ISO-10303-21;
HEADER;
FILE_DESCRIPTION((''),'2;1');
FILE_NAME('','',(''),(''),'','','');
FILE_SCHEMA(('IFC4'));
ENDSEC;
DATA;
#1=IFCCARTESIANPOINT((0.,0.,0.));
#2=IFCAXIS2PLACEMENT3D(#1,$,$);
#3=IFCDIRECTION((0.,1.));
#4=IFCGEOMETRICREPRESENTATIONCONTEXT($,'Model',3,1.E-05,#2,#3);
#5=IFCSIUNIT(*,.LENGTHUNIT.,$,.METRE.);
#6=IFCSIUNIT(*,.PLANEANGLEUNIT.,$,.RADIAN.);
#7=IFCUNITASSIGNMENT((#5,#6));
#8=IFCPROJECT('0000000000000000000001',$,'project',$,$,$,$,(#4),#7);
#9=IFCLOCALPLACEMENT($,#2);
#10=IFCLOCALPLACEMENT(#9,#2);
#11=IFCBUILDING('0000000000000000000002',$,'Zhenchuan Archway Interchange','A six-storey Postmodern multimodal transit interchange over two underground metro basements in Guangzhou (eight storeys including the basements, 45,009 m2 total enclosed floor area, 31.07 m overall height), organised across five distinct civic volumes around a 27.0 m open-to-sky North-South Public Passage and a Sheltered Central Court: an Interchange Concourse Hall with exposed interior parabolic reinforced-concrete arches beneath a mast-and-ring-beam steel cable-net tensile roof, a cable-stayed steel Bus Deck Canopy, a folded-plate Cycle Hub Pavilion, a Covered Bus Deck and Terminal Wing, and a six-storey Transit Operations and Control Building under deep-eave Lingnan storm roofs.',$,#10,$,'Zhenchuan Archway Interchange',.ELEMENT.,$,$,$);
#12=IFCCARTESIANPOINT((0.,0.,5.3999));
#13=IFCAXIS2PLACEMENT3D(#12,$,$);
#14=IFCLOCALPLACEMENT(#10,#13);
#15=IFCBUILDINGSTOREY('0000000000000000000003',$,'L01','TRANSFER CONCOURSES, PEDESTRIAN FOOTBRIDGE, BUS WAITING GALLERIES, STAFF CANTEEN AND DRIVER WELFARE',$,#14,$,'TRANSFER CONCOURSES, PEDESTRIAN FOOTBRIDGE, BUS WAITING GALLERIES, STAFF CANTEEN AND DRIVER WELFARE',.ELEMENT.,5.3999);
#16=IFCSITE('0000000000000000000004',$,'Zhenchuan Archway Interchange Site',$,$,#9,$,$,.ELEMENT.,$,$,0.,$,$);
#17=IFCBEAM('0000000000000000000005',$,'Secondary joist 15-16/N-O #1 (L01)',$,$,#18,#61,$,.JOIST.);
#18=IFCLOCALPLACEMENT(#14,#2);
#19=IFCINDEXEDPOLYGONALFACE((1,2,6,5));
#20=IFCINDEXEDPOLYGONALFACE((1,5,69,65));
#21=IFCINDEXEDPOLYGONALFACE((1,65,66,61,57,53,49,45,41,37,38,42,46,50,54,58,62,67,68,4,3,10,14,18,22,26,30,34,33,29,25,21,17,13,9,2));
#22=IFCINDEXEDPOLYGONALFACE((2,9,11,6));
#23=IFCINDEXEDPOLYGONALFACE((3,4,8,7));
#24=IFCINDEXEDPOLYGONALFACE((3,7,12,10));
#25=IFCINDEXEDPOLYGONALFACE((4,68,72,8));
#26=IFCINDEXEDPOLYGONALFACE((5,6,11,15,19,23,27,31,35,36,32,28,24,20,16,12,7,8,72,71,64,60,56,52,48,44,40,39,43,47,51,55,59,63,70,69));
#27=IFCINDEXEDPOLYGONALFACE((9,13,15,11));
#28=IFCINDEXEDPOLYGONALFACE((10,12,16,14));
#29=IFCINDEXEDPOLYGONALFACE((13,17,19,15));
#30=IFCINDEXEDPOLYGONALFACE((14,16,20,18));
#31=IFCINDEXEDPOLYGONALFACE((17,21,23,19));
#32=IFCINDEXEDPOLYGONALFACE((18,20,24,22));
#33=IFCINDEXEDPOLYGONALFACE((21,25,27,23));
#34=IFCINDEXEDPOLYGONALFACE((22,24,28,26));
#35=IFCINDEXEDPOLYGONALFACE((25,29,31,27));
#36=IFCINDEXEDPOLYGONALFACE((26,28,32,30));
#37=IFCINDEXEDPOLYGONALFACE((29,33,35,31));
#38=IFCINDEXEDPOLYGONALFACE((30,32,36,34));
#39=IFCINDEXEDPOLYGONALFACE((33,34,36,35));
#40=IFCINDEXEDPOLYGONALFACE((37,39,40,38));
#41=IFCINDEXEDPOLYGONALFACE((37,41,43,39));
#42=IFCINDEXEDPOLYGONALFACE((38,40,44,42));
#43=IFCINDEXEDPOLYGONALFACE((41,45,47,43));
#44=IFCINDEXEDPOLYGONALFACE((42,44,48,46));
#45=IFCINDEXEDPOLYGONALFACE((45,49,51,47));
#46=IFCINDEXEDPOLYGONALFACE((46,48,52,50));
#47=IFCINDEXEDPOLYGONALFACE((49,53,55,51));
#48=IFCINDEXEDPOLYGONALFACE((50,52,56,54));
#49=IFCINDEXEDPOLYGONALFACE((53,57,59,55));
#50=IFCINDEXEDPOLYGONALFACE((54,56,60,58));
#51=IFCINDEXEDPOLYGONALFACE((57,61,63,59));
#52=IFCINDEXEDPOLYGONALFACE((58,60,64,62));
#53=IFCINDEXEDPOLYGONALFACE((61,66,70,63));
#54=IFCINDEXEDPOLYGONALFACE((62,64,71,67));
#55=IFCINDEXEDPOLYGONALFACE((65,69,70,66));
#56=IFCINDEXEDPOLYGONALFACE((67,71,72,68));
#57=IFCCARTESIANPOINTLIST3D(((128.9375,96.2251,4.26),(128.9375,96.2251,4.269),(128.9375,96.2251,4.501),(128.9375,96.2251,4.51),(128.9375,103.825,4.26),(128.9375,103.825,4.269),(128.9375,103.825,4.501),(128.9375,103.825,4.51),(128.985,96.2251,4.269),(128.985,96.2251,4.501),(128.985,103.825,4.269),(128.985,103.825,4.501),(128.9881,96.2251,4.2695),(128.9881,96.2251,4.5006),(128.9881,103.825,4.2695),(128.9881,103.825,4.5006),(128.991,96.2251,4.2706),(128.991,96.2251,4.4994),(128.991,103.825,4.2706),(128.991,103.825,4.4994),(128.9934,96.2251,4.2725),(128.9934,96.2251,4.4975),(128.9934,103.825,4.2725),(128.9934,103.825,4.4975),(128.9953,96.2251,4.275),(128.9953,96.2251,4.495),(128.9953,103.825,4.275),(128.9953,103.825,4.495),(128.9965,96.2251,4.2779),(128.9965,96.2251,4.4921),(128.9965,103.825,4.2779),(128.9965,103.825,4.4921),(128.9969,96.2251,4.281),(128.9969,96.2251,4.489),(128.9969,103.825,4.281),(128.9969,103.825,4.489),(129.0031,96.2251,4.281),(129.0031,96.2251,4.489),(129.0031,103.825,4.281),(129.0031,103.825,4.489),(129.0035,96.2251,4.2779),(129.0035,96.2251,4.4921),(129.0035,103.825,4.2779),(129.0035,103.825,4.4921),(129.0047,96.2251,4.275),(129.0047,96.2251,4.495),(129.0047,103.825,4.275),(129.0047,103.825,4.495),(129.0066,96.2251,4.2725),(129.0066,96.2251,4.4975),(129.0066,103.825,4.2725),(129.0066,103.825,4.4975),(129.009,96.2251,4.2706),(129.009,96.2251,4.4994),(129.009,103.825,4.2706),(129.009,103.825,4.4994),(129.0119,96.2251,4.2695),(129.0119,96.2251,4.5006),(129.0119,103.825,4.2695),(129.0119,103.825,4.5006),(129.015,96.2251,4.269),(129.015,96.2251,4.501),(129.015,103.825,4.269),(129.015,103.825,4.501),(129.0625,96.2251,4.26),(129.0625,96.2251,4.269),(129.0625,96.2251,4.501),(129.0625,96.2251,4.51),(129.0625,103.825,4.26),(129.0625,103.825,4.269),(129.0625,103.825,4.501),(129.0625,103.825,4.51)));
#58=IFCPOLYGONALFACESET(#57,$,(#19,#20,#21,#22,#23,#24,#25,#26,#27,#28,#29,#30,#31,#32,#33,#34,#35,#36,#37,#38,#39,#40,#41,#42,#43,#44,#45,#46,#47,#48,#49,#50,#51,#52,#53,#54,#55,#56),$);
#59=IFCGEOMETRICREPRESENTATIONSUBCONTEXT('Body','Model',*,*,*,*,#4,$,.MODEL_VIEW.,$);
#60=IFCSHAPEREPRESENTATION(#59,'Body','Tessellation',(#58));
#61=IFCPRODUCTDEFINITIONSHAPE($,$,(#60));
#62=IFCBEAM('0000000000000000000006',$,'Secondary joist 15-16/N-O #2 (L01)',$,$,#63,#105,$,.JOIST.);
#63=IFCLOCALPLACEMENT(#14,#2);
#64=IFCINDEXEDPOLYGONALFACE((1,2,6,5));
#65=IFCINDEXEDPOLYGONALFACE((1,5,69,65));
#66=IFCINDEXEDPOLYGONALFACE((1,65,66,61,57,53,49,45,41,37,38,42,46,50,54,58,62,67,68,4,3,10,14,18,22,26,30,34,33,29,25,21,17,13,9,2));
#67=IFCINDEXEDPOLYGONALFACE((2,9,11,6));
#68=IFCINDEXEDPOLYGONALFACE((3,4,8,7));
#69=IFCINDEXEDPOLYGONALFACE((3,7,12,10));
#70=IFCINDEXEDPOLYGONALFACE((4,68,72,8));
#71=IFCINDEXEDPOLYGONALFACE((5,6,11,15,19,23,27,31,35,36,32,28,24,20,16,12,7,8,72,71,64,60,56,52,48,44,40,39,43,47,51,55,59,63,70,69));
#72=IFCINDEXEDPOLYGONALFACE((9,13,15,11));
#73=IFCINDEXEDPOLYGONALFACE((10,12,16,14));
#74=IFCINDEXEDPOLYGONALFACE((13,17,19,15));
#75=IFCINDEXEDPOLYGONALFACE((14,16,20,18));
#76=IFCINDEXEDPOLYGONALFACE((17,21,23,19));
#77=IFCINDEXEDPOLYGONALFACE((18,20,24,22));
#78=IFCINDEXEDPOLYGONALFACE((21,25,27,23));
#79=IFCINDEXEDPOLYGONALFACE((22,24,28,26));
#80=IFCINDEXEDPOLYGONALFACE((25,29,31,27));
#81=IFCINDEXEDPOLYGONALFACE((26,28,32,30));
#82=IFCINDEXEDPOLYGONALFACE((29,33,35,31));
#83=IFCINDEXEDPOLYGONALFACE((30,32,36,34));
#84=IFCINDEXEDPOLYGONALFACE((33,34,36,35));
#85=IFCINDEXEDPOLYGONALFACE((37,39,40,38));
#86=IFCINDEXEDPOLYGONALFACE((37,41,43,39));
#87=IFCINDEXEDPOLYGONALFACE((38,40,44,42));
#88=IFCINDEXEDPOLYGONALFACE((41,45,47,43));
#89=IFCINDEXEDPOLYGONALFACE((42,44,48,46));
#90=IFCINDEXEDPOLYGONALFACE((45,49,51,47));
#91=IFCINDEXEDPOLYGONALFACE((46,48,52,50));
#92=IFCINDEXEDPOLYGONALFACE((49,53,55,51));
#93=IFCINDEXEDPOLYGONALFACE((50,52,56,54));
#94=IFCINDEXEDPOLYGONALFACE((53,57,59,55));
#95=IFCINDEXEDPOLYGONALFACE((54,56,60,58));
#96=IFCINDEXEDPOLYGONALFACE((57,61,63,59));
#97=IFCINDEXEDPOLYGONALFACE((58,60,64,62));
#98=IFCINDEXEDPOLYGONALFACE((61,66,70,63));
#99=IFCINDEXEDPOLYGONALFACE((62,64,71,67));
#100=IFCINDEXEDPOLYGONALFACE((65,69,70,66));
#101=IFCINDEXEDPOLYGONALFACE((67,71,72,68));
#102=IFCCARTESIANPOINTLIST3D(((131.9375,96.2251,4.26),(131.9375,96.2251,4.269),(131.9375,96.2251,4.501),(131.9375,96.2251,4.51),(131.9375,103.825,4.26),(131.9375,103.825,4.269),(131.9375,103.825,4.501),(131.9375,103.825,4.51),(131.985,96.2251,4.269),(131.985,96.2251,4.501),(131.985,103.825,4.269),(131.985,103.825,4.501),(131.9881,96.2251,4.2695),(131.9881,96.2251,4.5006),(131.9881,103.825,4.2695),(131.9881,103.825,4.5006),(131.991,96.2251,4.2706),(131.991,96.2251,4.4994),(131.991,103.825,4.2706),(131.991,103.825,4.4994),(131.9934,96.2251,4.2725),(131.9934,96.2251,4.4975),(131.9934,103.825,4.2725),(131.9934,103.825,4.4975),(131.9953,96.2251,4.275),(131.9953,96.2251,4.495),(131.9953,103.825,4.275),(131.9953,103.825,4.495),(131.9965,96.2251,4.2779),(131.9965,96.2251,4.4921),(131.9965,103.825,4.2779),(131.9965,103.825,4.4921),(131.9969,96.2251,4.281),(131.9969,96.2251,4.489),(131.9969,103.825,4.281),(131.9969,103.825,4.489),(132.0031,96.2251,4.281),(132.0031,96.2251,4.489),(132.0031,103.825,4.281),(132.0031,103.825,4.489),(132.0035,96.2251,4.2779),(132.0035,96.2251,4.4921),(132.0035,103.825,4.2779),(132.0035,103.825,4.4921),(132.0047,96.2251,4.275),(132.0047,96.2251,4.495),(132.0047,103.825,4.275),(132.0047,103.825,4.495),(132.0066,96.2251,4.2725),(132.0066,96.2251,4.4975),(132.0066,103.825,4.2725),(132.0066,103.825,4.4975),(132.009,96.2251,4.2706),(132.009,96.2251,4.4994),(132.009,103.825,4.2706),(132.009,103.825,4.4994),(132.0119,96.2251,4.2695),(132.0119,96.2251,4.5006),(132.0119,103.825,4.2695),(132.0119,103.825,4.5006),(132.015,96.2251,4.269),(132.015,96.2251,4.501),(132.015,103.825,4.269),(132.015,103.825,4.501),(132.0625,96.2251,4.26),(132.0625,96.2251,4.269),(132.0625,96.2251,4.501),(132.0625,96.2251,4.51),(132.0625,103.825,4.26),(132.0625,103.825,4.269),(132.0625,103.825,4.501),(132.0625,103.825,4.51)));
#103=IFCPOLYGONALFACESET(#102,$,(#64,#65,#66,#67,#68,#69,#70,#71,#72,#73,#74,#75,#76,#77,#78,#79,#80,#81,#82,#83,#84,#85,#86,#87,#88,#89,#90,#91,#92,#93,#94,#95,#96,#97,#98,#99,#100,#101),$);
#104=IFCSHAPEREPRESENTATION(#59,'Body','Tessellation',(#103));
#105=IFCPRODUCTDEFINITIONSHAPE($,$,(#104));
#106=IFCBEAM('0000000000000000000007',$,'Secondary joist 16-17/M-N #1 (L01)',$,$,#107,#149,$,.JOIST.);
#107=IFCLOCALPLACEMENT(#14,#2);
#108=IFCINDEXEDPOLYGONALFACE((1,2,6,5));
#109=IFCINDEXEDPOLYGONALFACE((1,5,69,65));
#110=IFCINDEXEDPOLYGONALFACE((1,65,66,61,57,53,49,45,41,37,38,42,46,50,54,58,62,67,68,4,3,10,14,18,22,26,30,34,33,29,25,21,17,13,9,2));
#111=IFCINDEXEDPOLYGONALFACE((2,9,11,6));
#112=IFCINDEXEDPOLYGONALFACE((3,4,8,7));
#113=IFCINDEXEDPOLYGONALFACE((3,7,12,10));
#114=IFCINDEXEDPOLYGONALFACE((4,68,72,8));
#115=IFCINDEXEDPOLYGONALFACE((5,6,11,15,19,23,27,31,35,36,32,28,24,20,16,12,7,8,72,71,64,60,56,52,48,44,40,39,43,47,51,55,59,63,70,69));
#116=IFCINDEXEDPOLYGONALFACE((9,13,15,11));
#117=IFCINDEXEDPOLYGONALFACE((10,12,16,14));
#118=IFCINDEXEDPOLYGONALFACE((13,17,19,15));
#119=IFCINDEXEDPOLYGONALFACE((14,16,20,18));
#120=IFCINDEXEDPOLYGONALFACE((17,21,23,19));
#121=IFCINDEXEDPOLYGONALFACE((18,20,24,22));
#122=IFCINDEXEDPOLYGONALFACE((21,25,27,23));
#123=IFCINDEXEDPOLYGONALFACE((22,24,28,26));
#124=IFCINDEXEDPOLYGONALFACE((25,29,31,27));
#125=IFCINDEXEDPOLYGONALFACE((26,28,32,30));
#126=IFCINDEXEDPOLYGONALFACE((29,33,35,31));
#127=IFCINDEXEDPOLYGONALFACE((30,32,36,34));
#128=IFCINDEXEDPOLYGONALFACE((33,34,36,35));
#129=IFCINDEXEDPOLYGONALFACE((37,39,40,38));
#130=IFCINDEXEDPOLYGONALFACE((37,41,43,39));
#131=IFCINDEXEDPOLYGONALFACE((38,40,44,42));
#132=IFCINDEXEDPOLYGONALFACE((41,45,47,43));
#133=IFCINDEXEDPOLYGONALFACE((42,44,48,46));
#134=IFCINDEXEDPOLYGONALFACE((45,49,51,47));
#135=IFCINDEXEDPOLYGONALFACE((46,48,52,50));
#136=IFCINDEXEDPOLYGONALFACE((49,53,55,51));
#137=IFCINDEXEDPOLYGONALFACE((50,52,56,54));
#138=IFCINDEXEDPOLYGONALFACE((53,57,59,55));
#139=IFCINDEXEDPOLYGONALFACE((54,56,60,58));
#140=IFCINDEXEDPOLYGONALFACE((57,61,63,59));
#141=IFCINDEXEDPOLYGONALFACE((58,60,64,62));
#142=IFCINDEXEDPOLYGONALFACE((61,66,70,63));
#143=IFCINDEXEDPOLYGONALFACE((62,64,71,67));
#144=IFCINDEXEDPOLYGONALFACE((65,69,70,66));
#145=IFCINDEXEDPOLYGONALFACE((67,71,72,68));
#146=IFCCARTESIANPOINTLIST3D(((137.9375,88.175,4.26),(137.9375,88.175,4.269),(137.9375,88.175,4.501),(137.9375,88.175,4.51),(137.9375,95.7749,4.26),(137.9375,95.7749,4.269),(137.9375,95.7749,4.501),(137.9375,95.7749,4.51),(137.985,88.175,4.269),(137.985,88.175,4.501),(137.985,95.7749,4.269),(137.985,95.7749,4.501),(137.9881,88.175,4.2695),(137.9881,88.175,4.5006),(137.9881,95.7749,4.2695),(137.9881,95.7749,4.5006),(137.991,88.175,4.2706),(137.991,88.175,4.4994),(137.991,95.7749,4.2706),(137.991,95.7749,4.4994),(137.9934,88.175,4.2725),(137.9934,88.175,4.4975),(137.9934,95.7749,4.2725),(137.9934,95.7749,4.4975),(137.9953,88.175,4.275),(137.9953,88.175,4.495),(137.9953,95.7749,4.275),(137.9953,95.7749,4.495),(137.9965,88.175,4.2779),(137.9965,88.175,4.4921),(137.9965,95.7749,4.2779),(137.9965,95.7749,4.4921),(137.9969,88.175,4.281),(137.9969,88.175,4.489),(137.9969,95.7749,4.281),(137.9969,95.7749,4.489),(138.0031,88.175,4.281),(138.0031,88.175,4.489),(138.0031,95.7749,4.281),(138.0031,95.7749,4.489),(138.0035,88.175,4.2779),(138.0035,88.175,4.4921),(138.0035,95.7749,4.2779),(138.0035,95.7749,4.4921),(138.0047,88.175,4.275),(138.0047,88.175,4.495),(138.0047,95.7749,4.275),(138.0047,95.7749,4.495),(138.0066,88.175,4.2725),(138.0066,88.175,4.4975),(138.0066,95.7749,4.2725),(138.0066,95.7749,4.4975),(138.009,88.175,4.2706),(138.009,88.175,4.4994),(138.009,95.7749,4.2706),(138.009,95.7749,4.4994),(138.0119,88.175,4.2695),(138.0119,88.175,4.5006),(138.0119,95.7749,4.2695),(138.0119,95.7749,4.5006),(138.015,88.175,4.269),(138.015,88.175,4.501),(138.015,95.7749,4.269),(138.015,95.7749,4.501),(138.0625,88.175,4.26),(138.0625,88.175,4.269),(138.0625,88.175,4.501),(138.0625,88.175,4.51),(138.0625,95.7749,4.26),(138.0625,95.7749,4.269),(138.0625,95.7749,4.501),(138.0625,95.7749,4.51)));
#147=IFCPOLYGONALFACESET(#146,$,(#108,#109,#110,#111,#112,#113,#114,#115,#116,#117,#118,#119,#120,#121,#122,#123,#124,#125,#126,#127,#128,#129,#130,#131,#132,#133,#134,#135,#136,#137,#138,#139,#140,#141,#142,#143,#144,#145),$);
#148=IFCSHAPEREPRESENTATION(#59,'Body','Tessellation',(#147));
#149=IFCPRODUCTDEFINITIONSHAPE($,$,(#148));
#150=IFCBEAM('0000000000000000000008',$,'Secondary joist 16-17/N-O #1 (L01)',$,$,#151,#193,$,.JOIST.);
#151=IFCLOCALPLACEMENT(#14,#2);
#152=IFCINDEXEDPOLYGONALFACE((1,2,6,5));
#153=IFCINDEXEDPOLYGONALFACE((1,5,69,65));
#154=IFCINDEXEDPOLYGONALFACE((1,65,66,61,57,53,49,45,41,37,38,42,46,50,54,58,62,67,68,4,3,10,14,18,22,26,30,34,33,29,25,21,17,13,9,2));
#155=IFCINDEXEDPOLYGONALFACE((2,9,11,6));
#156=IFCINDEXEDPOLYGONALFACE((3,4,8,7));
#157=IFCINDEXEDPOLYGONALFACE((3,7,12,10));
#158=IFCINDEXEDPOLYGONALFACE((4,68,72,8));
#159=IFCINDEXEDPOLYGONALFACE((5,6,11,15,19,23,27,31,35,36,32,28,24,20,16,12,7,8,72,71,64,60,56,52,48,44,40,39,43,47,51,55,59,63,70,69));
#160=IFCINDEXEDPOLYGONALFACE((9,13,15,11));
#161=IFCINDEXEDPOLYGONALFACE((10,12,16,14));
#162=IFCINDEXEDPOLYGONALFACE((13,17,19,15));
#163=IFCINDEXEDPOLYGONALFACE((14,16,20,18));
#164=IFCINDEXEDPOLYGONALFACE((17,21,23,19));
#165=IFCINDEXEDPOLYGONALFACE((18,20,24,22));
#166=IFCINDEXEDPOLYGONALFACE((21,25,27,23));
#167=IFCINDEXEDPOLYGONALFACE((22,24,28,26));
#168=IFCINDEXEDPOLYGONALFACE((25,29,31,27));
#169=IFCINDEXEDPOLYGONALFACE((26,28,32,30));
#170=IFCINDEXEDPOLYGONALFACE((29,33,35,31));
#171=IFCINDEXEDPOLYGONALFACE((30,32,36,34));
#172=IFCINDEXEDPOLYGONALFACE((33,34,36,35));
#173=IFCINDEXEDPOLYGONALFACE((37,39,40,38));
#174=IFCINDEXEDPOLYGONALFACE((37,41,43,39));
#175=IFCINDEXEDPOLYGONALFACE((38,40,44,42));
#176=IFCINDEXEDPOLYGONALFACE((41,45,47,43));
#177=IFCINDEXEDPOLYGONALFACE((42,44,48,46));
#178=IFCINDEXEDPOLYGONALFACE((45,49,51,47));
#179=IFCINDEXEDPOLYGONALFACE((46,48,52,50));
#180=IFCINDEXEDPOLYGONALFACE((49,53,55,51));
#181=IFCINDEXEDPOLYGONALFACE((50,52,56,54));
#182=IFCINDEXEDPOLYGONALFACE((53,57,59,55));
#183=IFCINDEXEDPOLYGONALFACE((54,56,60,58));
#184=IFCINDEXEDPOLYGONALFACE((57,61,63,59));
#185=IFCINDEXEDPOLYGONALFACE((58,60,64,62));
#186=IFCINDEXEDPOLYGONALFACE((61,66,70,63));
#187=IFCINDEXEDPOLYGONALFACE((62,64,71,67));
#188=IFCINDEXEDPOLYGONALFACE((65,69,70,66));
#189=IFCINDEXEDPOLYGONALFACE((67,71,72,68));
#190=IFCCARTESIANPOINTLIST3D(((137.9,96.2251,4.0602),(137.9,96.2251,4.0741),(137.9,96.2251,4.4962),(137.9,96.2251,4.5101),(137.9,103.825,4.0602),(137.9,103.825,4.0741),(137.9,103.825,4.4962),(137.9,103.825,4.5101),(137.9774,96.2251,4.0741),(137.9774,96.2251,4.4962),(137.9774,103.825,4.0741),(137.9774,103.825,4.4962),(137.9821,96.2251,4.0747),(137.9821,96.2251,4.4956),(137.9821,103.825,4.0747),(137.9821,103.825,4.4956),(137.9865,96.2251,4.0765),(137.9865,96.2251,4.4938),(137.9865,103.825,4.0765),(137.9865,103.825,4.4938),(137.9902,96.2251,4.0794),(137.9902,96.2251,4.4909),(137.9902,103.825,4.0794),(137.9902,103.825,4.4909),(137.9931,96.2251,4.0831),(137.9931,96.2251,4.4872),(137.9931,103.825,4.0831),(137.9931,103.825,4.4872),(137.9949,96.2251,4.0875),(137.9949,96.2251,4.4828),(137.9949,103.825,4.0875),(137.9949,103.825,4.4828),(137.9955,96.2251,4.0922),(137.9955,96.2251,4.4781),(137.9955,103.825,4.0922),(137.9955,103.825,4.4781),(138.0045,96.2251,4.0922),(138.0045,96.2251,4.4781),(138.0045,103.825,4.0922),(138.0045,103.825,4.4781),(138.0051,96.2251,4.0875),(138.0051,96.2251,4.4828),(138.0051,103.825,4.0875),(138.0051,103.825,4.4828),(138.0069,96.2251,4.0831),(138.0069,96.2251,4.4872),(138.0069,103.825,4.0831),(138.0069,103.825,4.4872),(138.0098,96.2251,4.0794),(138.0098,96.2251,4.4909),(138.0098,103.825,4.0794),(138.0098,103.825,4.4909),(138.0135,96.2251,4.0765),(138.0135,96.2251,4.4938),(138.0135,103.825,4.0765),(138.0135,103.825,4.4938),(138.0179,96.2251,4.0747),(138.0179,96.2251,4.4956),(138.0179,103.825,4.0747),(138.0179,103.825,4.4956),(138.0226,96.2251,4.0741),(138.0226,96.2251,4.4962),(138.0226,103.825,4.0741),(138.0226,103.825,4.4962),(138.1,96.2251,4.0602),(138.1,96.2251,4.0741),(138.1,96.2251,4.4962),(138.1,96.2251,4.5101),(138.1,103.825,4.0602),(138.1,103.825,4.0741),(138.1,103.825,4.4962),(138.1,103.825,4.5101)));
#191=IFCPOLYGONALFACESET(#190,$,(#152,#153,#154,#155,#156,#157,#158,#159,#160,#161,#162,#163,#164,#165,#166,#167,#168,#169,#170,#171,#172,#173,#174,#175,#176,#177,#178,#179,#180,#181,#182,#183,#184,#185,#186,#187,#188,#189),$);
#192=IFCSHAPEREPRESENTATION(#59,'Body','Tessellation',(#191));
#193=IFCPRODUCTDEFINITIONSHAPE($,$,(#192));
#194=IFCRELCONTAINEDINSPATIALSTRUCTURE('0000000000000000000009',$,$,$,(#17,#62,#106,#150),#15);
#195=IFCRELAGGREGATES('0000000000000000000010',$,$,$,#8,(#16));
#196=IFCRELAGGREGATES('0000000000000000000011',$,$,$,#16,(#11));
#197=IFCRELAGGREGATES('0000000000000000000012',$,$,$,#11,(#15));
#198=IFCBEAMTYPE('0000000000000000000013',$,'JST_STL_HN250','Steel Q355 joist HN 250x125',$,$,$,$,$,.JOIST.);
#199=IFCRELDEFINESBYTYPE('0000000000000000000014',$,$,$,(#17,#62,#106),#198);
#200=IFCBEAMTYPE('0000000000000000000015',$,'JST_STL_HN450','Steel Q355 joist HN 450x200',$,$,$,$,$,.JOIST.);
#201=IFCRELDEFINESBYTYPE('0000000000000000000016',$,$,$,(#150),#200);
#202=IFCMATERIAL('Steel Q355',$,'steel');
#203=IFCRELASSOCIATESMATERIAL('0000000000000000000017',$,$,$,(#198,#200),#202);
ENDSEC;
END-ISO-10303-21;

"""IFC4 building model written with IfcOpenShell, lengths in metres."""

from ifc_helpers import new_model, si_unit, direction, frame, origin, origin_2d, place, context, subcontext, project, spatial, i_section, extrude, material, material_profile, profile_set, type_object, element, save


model = new_model("IFC4")

# Units and contexts
model_context = context("Model", 3, precision=1e-05, world=origin(), true_north=direction((0.0, 1.0)))
body_context = subcontext(model_context, "Body", "Model", "MODEL_VIEW")
ifc_project = project(units=[si_unit("LENGTHUNIT", "METRE"), si_unit("PLANEANGLEUNIT", "RADIAN")], contexts=[model_context])

# Site, building, storey
site_placement = place(None, origin())
site = spatial("IfcSite", under=ifc_project, at=site_placement, Name="Zhenchuan Archway Interchange Site", CompositionType="ELEMENT", RefElevation=0.0)
building_placement = place(site_placement, origin())
building = spatial("IfcBuilding", under=site, at=building_placement, Name="Zhenchuan Archway Interchange", Description="A six-storey Postmodern multimodal transit interchange over two underground metro basements in Guangzhou (eight storeys including the basements, 45,009 m2 total enclosed floor area, 31.07 m overall height), organised across five distinct civic volumes around a 27.0 m open-to-sky North-South Public Passage and a Sheltered Central Court: an Interchange Concourse Hall with exposed interior parabolic reinforced-concrete arches beneath a mast-and-ring-beam steel cable-net tensile roof, a cable-stayed steel Bus Deck Canopy, a folded-plate Cycle Hub Pavilion, a Covered Bus Deck and Terminal Wing, and a six-storey Transit Operations and Control Building under deep-eave Lingnan storm roofs.", LongName="Zhenchuan Archway Interchange", CompositionType="ELEMENT")
storey_placement = place(building_placement, frame((0.0, 0.0, 5.3999)))
storey = spatial("IfcBuildingStorey", under=building, at=storey_placement, Name="L01", Description="TRANSFER CONCOURSES, PEDESTRIAN FOOTBRIDGE, BUS WAITING GALLERIES, STAFF CANTEEN AND DRIVER WELFARE", LongName="TRANSFER CONCOURSES, PEDESTRIAN FOOTBRIDGE, BUS WAITING GALLERIES, STAFF CANTEEN AND DRIVER WELFARE", CompositionType="ELEMENT", Elevation=5.3999)

# Beams
ifc_material_1 = material(Name="Steel Q355", Category="steel")
ifc_material_profile_1 = material_profile(ifc_material_1, i_section(OverallWidth=0.125, OverallDepth=0.25, WebThickness=0.0061, FlangeThickness=0.009, FilletRadius=0.012, at=origin_2d()), Name="HN 250x125")
ifc_profile_set_1 = profile_set([ifc_material_profile_1], Name="Steel Q355")
beam_type_1 = type_object("IfcBeamType", Name="JST_STL_HN250", Description="Steel Q355 joist HN 250x125", PredefinedType="JOIST", material=ifc_profile_set_1)
for number, where, z_axis, x_axis, name in (
    (1, (129.0, 96.2251, 4.385), (0.0, 1.0, 0.0), (-1.0, 0.0, 0.0), "Secondary joist 15-16/N-O #1 (L01)"),
    (2, (132.0, 96.2251, 4.385), (0.0, 1.0, 0.0), (-1.0, 0.0, 0.0), "Secondary joist 15-16/N-O #2 (L01)"),
    (3, (138.0, 88.175, 4.385), (0.0, 1.0, 0.0), (-1.0, 0.0, 0.0), "Secondary joist 16-17/M-N #1 (L01)"),
):
    element("IfcBeam", number, at=place(storey_placement, frame(where, z_axis=z_axis, x_axis=x_axis)), inside=storey, type_object=beam_type_1, Name=name, PredefinedType="JOIST", context=body_context, shape_type="SweptSolid", body=[
        extrude(i_section(OverallWidth=0.125, OverallDepth=0.25, WebThickness=0.0061, FlangeThickness=0.009, FilletRadius=0.012, at=origin_2d()), origin(), (0.0, 0.0, 1.0), 7.5999),
    ])
ifc_material_profile_2 = material_profile(ifc_material_1, i_section(OverallWidth=0.2, OverallDepth=0.45, WebThickness=0.009, FlangeThickness=0.0139, FilletRadius=0.0181, at=origin_2d()), Name="HN 450x200")
ifc_profile_set_2 = profile_set([ifc_material_profile_2], Name="Steel Q355")
beam_type_2 = type_object("IfcBeamType", Name="JST_STL_HN450", Description="Steel Q355 joist HN 450x200", PredefinedType="JOIST", material=ifc_profile_set_2)
beam_1_placement = place(storey_placement, frame((138.0, 96.2251, 4.2852), z_axis=(0.0, 1.0, 0.0), x_axis=(-1.0, 0.0, 0.0)))
element("IfcBeam", 4, at=beam_1_placement, inside=storey, type_object=beam_type_2, Name="Secondary joist 16-17/N-O #1 (L01)", PredefinedType="JOIST", context=body_context, shape_type="SweptSolid", body=[
    extrude(i_section(OverallWidth=0.2, OverallDepth=0.45, WebThickness=0.009, FlangeThickness=0.0139, FilletRadius=0.0181, at=origin_2d()), origin(), (0.0, 0.0, 1.0), 7.5999),
])

save(model, "model.ifc")
